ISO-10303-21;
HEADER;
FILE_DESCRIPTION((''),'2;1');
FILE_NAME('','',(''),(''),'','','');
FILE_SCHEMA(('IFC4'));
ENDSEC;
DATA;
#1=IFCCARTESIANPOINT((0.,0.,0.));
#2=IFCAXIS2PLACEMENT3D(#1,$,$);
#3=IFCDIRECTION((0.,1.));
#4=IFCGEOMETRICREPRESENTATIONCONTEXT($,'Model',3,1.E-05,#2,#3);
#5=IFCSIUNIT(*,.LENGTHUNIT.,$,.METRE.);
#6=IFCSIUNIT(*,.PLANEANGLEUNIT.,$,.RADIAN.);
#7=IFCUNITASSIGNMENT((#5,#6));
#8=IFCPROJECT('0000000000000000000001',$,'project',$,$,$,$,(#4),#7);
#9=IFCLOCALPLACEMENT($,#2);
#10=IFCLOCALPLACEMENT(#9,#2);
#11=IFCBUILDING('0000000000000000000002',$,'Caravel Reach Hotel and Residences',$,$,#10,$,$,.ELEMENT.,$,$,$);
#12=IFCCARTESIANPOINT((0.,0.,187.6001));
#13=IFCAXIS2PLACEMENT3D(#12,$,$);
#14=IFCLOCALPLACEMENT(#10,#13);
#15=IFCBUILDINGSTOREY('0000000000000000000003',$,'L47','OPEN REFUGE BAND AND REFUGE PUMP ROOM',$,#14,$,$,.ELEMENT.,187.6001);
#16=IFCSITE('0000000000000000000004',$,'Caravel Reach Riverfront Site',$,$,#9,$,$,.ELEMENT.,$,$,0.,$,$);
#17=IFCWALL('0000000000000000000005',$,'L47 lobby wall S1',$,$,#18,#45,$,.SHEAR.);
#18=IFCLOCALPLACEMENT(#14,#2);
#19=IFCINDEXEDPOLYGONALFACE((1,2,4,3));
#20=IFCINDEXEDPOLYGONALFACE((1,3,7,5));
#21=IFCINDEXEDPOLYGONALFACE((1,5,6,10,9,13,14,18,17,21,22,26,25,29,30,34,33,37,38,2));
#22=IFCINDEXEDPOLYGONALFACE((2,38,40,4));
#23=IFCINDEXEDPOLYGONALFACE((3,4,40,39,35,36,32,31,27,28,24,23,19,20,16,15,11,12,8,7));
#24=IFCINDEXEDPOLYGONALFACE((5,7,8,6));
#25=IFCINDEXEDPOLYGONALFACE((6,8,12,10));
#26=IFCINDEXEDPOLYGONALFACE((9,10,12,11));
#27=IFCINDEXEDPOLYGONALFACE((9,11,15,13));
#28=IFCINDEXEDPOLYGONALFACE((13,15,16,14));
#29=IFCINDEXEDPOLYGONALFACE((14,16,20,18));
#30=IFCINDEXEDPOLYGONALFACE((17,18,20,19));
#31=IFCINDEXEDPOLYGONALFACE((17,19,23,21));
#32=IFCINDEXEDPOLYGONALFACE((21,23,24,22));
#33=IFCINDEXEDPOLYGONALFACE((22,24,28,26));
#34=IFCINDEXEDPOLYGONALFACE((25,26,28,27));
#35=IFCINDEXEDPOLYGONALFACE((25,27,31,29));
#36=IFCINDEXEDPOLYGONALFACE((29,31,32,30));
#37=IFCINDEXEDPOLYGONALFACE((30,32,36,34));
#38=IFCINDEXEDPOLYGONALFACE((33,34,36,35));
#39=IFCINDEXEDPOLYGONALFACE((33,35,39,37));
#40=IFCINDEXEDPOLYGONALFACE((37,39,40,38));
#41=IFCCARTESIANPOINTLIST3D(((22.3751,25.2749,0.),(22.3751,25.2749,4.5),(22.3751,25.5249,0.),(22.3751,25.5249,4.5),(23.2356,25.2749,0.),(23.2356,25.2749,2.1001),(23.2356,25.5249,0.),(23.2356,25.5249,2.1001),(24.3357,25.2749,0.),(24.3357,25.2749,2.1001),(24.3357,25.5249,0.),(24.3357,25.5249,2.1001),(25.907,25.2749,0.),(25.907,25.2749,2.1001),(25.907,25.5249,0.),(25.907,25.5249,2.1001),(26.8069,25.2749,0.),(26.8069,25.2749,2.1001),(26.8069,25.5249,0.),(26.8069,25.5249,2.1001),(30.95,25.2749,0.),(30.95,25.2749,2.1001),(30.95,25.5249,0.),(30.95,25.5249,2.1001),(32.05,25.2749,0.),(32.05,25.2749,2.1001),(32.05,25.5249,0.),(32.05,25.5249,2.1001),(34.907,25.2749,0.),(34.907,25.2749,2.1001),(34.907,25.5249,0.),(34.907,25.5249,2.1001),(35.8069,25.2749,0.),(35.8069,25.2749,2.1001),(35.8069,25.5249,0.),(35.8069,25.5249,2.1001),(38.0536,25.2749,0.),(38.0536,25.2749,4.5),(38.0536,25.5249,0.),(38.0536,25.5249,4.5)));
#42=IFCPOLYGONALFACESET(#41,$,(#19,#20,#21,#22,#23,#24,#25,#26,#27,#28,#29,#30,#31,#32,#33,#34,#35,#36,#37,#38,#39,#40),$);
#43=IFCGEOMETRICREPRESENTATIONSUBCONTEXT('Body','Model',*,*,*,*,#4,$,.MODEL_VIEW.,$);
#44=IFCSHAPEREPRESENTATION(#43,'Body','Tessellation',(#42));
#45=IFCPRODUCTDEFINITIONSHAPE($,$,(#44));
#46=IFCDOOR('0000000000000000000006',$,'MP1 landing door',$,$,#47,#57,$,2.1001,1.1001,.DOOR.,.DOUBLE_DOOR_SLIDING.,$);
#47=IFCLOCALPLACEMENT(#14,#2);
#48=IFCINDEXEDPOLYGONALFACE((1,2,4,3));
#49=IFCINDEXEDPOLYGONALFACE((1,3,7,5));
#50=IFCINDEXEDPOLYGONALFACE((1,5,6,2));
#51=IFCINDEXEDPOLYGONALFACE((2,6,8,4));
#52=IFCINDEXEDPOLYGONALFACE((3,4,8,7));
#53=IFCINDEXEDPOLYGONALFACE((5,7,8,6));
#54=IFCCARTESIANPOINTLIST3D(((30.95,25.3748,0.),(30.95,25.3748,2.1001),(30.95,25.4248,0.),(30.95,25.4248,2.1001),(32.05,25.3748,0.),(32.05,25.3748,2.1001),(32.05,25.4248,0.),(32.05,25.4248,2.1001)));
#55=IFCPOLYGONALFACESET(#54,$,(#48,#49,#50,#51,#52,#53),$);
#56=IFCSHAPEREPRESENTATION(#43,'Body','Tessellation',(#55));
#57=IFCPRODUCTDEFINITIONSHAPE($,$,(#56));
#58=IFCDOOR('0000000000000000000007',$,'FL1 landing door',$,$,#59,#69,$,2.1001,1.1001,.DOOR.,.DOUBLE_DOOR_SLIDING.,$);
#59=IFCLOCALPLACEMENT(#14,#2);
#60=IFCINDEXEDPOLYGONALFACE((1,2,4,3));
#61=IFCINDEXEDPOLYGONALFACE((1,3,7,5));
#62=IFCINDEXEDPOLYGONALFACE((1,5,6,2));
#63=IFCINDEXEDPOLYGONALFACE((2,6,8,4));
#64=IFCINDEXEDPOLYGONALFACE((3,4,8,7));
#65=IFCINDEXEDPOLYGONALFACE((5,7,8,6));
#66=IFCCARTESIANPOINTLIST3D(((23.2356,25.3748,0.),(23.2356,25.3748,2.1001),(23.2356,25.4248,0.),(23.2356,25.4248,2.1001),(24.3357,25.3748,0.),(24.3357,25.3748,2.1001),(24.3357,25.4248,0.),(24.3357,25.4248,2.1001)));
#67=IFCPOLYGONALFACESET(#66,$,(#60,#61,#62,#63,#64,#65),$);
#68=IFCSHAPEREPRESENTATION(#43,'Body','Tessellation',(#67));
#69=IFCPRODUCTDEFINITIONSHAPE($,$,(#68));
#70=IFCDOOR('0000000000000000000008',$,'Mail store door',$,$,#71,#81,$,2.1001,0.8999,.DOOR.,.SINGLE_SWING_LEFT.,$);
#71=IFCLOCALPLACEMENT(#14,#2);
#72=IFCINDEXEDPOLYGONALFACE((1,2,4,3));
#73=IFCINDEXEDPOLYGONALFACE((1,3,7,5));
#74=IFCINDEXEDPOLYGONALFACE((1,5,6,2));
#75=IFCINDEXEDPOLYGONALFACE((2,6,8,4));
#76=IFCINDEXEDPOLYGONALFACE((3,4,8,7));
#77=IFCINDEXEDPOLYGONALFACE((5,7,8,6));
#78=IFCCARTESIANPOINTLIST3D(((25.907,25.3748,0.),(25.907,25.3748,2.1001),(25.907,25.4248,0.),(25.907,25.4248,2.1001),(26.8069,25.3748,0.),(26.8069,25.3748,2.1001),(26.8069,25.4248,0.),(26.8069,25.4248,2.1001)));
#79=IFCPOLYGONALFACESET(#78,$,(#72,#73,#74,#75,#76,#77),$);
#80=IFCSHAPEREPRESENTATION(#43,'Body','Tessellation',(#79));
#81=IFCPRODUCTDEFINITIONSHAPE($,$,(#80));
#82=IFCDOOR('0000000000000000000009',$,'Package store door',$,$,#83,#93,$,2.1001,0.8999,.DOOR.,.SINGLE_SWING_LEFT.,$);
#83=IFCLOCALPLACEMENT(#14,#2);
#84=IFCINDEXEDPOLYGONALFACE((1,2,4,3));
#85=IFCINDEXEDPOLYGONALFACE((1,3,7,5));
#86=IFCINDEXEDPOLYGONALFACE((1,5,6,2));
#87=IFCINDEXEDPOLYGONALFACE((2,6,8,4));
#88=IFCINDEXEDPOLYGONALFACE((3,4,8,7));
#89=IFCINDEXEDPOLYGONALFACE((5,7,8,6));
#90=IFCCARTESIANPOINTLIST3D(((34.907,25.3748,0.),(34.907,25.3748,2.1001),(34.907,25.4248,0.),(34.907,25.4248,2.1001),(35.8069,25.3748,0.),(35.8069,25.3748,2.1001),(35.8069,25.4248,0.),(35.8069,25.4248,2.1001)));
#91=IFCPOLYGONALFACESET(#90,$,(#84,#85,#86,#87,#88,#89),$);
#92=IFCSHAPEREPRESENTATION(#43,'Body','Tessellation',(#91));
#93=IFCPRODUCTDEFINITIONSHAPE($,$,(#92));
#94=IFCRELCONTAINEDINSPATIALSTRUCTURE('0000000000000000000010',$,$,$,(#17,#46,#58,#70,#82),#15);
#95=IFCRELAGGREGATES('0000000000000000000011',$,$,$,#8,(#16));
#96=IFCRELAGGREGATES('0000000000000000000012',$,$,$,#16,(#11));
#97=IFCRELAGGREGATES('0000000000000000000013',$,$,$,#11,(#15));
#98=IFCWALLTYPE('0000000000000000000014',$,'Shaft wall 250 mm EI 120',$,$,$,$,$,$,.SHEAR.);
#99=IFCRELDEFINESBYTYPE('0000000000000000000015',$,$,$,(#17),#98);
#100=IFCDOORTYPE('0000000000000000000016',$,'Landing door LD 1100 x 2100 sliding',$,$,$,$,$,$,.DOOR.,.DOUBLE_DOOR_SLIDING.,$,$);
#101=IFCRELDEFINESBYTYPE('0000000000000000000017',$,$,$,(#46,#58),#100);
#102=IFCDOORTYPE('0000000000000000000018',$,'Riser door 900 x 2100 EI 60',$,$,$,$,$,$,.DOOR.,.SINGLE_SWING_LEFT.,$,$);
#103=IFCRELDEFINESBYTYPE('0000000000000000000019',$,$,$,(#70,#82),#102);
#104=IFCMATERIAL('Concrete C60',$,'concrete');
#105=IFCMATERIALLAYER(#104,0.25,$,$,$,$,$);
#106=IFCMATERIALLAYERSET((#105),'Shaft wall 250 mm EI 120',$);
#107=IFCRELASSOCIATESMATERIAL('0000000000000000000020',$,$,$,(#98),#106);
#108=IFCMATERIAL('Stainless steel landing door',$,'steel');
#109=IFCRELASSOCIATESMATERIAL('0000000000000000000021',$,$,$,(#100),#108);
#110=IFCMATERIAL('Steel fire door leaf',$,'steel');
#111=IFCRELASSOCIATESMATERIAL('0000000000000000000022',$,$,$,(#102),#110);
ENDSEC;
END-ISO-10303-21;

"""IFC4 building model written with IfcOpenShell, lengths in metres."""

from ifc_helpers import new_model, si_unit, direction, frame, frame_2d, origin, place, context, subcontext, project, spatial, rectangle, extrude, material, layer, layer_set, type_object, element, fill, save


model = new_model("IFC4")

# Units and contexts
model_context = context("Model", 3, precision=1e-05, world=origin(), true_north=direction((0.0, 1.0)))
body_context = subcontext(model_context, "Body", "Model", "MODEL_VIEW")
ifc_project = project(units=[si_unit("LENGTHUNIT", "METRE"), si_unit("PLANEANGLEUNIT", "RADIAN")], contexts=[model_context])

# Site, building, storey
site_placement = place(None, origin())
site = spatial("IfcSite", under=ifc_project, at=site_placement, Name="Caravel Reach Riverfront Site", CompositionType="ELEMENT", RefElevation=0.0)
building_placement = place(site_placement, origin())
building = spatial("IfcBuilding", under=site, at=building_placement, Name="Caravel Reach Hotel and Residences", CompositionType="ELEMENT")
storey_placement = place(building_placement, frame((0.0, 0.0, 187.6001)))
storey = spatial("IfcBuildingStorey", under=building, at=storey_placement, Name="L47", Description="OPEN REFUGE BAND AND REFUGE PUMP ROOM", CompositionType="ELEMENT", Elevation=187.6001)

# Wall, openings, doors
ifc_material_1 = material(Name="Concrete C60", Category="concrete")
ifc_layer_1 = layer(ifc_material_1, 0.25)
ifc_layer_set_1 = layer_set([ifc_layer_1], Name="Shaft wall 250 mm EI 120")
wall_type_1 = type_object("IfcWallType", Name="Shaft wall 250 mm EI 120", PredefinedType="SHEAR", material=ifc_layer_set_1)
wall_1_placement = place(storey_placement, frame((22.375, 25.3999, 0.0), z_axis=(0.0, 0.0, 1.0), x_axis=(1.0, 0.0, 0.0)))
wall_1 = element("IfcWall", 1, at=wall_1_placement, inside=storey, type_object=wall_type_1, Name="L47 lobby wall S1", PredefinedType="SHEAR", context=body_context, shape_type="SweptSolid", body=[
    extrude(rectangle(XDim=15.6785, YDim=0.25, at=frame_2d((7.8394, 0.0))), origin(), (0.0, 0.0, 1.0), 4.5),
])
opening_1_placement = place(wall_1_placement, frame((8.575, 0.0, 0.0)))
opening_1 = element("IfcOpeningElement", 2, at=opening_1_placement, cuts=wall_1, PredefinedType="OPENING", context=body_context, shape_type="SweptSolid", body=[
    extrude(rectangle(XDim=1.1001, YDim=2.1001, at=frame_2d((0.55, 1.05))), frame((0.0, 0.135, 0.0), z_axis=(0.0, -1.0, 0.0), x_axis=(1.0, 0.0, 0.0)), (0.0, 0.0, 1.0), 0.27),
])
opening_2_placement = place(wall_1_placement, frame((0.8606, 0.0, 0.0)))
opening_2 = element("IfcOpeningElement", 3, at=opening_2_placement, cuts=wall_1, PredefinedType="OPENING", context=body_context, shape_type="SweptSolid", body=[
    extrude(rectangle(XDim=1.1001, YDim=2.1001, at=frame_2d((0.55, 1.05))), frame((0.0, 0.135, 0.0), z_axis=(0.0, -1.0, 0.0), x_axis=(1.0, 0.0, 0.0)), (0.0, 0.0, 1.0), 0.27),
])
opening_3_placement = place(wall_1_placement, frame((3.532, 0.0, 0.0)))
opening_3 = element("IfcOpeningElement", 4, at=opening_3_placement, cuts=wall_1, PredefinedType="OPENING", context=body_context, shape_type="SweptSolid", body=[
    extrude(rectangle(XDim=0.8999, YDim=2.1001, at=frame_2d((0.45, 1.05))), frame((0.0, 0.135, 0.0), z_axis=(0.0, -1.0, 0.0), x_axis=(1.0, 0.0, 0.0)), (0.0, 0.0, 1.0), 0.27),
])
opening_4_placement = place(wall_1_placement, frame((12.532, 0.0, 0.0)))
opening_4 = element("IfcOpeningElement", 5, at=opening_4_placement, cuts=wall_1, PredefinedType="OPENING", context=body_context, shape_type="SweptSolid", body=[
    extrude(rectangle(XDim=0.8999, YDim=2.1001, at=frame_2d((0.45, 1.05))), frame((0.0, 0.135, 0.0), z_axis=(0.0, -1.0, 0.0), x_axis=(1.0, 0.0, 0.0)), (0.0, 0.0, 1.0), 0.27),
])
ifc_material_2 = material(Name="Stainless steel landing door", Category="steel")
door_type_1 = type_object("IfcDoorType", Name="Landing door LD 1100 x 2100 sliding", OperationType="DOUBLE_DOOR_SLIDING", PredefinedType="DOOR", material=ifc_material_2)
door_1_placement = place(opening_1_placement, origin())
door_1 = element("IfcDoor", 6, at=door_1_placement, inside=storey, type_object=door_type_1, Name="MP1 landing door", OperationType="DOUBLE_DOOR_SLIDING", OverallHeight=2.1001, OverallWidth=1.1001, PredefinedType="DOOR", context=body_context, shape_type="SweptSolid", body=[
    extrude(rectangle(XDim=1.1001, YDim=2.1001, at=frame_2d((0.55, 1.05))), frame((0.0, 0.0249, 0.0), z_axis=(0.0, -1.0, 0.0), x_axis=(1.0, 0.0, 0.0)), (0.0, 0.0, 1.0), 0.05),
])
fill(opening_1, door_1)
door_2_placement = place(opening_2_placement, origin())
door_2 = element("IfcDoor", 7, at=door_2_placement, inside=storey, type_object=door_type_1, Name="FL1 landing door", OperationType="DOUBLE_DOOR_SLIDING", OverallHeight=2.1001, OverallWidth=1.1001, PredefinedType="DOOR", context=body_context, shape_type="SweptSolid", body=[
    extrude(rectangle(XDim=1.1001, YDim=2.1001, at=frame_2d((0.55, 1.05))), frame((0.0, 0.0249, 0.0), z_axis=(0.0, -1.0, 0.0), x_axis=(1.0, 0.0, 0.0)), (0.0, 0.0, 1.0), 0.05),
])
fill(opening_2, door_2)
ifc_material_3 = material(Name="Steel fire door leaf", Category="steel")
door_type_2 = type_object("IfcDoorType", Name="Riser door 900 x 2100 EI 60", OperationType="SINGLE_SWING_LEFT", PredefinedType="DOOR", material=ifc_material_3)
door_3_placement = place(opening_3_placement, origin())
door_3 = element("IfcDoor", 8, at=door_3_placement, inside=storey, type_object=door_type_2, Name="Mail store door", OperationType="SINGLE_SWING_LEFT", OverallHeight=2.1001, OverallWidth=0.8999, PredefinedType="DOOR", context=body_context, shape_type="SweptSolid", body=[
    extrude(rectangle(XDim=0.8999, YDim=2.1001, at=frame_2d((0.45, 1.05))), frame((0.0, 0.0249, 0.0), z_axis=(0.0, -1.0, 0.0), x_axis=(1.0, 0.0, 0.0)), (0.0, 0.0, 1.0), 0.05),
])
fill(opening_3, door_3)
door_4_placement = place(opening_4_placement, origin())
door_4 = element("IfcDoor", 9, at=door_4_placement, inside=storey, type_object=door_type_2, Name="Package store door", OperationType="SINGLE_SWING_LEFT", OverallHeight=2.1001, OverallWidth=0.8999, PredefinedType="DOOR", context=body_context, shape_type="SweptSolid", body=[
    extrude(rectangle(XDim=0.8999, YDim=2.1001, at=frame_2d((0.45, 1.05))), frame((0.0, 0.0249, 0.0), z_axis=(0.0, -1.0, 0.0), x_axis=(1.0, 0.0, 0.0)), (0.0, 0.0, 1.0), 0.05),
])
fill(opening_4, door_4)

save(model, "model.ifc")
